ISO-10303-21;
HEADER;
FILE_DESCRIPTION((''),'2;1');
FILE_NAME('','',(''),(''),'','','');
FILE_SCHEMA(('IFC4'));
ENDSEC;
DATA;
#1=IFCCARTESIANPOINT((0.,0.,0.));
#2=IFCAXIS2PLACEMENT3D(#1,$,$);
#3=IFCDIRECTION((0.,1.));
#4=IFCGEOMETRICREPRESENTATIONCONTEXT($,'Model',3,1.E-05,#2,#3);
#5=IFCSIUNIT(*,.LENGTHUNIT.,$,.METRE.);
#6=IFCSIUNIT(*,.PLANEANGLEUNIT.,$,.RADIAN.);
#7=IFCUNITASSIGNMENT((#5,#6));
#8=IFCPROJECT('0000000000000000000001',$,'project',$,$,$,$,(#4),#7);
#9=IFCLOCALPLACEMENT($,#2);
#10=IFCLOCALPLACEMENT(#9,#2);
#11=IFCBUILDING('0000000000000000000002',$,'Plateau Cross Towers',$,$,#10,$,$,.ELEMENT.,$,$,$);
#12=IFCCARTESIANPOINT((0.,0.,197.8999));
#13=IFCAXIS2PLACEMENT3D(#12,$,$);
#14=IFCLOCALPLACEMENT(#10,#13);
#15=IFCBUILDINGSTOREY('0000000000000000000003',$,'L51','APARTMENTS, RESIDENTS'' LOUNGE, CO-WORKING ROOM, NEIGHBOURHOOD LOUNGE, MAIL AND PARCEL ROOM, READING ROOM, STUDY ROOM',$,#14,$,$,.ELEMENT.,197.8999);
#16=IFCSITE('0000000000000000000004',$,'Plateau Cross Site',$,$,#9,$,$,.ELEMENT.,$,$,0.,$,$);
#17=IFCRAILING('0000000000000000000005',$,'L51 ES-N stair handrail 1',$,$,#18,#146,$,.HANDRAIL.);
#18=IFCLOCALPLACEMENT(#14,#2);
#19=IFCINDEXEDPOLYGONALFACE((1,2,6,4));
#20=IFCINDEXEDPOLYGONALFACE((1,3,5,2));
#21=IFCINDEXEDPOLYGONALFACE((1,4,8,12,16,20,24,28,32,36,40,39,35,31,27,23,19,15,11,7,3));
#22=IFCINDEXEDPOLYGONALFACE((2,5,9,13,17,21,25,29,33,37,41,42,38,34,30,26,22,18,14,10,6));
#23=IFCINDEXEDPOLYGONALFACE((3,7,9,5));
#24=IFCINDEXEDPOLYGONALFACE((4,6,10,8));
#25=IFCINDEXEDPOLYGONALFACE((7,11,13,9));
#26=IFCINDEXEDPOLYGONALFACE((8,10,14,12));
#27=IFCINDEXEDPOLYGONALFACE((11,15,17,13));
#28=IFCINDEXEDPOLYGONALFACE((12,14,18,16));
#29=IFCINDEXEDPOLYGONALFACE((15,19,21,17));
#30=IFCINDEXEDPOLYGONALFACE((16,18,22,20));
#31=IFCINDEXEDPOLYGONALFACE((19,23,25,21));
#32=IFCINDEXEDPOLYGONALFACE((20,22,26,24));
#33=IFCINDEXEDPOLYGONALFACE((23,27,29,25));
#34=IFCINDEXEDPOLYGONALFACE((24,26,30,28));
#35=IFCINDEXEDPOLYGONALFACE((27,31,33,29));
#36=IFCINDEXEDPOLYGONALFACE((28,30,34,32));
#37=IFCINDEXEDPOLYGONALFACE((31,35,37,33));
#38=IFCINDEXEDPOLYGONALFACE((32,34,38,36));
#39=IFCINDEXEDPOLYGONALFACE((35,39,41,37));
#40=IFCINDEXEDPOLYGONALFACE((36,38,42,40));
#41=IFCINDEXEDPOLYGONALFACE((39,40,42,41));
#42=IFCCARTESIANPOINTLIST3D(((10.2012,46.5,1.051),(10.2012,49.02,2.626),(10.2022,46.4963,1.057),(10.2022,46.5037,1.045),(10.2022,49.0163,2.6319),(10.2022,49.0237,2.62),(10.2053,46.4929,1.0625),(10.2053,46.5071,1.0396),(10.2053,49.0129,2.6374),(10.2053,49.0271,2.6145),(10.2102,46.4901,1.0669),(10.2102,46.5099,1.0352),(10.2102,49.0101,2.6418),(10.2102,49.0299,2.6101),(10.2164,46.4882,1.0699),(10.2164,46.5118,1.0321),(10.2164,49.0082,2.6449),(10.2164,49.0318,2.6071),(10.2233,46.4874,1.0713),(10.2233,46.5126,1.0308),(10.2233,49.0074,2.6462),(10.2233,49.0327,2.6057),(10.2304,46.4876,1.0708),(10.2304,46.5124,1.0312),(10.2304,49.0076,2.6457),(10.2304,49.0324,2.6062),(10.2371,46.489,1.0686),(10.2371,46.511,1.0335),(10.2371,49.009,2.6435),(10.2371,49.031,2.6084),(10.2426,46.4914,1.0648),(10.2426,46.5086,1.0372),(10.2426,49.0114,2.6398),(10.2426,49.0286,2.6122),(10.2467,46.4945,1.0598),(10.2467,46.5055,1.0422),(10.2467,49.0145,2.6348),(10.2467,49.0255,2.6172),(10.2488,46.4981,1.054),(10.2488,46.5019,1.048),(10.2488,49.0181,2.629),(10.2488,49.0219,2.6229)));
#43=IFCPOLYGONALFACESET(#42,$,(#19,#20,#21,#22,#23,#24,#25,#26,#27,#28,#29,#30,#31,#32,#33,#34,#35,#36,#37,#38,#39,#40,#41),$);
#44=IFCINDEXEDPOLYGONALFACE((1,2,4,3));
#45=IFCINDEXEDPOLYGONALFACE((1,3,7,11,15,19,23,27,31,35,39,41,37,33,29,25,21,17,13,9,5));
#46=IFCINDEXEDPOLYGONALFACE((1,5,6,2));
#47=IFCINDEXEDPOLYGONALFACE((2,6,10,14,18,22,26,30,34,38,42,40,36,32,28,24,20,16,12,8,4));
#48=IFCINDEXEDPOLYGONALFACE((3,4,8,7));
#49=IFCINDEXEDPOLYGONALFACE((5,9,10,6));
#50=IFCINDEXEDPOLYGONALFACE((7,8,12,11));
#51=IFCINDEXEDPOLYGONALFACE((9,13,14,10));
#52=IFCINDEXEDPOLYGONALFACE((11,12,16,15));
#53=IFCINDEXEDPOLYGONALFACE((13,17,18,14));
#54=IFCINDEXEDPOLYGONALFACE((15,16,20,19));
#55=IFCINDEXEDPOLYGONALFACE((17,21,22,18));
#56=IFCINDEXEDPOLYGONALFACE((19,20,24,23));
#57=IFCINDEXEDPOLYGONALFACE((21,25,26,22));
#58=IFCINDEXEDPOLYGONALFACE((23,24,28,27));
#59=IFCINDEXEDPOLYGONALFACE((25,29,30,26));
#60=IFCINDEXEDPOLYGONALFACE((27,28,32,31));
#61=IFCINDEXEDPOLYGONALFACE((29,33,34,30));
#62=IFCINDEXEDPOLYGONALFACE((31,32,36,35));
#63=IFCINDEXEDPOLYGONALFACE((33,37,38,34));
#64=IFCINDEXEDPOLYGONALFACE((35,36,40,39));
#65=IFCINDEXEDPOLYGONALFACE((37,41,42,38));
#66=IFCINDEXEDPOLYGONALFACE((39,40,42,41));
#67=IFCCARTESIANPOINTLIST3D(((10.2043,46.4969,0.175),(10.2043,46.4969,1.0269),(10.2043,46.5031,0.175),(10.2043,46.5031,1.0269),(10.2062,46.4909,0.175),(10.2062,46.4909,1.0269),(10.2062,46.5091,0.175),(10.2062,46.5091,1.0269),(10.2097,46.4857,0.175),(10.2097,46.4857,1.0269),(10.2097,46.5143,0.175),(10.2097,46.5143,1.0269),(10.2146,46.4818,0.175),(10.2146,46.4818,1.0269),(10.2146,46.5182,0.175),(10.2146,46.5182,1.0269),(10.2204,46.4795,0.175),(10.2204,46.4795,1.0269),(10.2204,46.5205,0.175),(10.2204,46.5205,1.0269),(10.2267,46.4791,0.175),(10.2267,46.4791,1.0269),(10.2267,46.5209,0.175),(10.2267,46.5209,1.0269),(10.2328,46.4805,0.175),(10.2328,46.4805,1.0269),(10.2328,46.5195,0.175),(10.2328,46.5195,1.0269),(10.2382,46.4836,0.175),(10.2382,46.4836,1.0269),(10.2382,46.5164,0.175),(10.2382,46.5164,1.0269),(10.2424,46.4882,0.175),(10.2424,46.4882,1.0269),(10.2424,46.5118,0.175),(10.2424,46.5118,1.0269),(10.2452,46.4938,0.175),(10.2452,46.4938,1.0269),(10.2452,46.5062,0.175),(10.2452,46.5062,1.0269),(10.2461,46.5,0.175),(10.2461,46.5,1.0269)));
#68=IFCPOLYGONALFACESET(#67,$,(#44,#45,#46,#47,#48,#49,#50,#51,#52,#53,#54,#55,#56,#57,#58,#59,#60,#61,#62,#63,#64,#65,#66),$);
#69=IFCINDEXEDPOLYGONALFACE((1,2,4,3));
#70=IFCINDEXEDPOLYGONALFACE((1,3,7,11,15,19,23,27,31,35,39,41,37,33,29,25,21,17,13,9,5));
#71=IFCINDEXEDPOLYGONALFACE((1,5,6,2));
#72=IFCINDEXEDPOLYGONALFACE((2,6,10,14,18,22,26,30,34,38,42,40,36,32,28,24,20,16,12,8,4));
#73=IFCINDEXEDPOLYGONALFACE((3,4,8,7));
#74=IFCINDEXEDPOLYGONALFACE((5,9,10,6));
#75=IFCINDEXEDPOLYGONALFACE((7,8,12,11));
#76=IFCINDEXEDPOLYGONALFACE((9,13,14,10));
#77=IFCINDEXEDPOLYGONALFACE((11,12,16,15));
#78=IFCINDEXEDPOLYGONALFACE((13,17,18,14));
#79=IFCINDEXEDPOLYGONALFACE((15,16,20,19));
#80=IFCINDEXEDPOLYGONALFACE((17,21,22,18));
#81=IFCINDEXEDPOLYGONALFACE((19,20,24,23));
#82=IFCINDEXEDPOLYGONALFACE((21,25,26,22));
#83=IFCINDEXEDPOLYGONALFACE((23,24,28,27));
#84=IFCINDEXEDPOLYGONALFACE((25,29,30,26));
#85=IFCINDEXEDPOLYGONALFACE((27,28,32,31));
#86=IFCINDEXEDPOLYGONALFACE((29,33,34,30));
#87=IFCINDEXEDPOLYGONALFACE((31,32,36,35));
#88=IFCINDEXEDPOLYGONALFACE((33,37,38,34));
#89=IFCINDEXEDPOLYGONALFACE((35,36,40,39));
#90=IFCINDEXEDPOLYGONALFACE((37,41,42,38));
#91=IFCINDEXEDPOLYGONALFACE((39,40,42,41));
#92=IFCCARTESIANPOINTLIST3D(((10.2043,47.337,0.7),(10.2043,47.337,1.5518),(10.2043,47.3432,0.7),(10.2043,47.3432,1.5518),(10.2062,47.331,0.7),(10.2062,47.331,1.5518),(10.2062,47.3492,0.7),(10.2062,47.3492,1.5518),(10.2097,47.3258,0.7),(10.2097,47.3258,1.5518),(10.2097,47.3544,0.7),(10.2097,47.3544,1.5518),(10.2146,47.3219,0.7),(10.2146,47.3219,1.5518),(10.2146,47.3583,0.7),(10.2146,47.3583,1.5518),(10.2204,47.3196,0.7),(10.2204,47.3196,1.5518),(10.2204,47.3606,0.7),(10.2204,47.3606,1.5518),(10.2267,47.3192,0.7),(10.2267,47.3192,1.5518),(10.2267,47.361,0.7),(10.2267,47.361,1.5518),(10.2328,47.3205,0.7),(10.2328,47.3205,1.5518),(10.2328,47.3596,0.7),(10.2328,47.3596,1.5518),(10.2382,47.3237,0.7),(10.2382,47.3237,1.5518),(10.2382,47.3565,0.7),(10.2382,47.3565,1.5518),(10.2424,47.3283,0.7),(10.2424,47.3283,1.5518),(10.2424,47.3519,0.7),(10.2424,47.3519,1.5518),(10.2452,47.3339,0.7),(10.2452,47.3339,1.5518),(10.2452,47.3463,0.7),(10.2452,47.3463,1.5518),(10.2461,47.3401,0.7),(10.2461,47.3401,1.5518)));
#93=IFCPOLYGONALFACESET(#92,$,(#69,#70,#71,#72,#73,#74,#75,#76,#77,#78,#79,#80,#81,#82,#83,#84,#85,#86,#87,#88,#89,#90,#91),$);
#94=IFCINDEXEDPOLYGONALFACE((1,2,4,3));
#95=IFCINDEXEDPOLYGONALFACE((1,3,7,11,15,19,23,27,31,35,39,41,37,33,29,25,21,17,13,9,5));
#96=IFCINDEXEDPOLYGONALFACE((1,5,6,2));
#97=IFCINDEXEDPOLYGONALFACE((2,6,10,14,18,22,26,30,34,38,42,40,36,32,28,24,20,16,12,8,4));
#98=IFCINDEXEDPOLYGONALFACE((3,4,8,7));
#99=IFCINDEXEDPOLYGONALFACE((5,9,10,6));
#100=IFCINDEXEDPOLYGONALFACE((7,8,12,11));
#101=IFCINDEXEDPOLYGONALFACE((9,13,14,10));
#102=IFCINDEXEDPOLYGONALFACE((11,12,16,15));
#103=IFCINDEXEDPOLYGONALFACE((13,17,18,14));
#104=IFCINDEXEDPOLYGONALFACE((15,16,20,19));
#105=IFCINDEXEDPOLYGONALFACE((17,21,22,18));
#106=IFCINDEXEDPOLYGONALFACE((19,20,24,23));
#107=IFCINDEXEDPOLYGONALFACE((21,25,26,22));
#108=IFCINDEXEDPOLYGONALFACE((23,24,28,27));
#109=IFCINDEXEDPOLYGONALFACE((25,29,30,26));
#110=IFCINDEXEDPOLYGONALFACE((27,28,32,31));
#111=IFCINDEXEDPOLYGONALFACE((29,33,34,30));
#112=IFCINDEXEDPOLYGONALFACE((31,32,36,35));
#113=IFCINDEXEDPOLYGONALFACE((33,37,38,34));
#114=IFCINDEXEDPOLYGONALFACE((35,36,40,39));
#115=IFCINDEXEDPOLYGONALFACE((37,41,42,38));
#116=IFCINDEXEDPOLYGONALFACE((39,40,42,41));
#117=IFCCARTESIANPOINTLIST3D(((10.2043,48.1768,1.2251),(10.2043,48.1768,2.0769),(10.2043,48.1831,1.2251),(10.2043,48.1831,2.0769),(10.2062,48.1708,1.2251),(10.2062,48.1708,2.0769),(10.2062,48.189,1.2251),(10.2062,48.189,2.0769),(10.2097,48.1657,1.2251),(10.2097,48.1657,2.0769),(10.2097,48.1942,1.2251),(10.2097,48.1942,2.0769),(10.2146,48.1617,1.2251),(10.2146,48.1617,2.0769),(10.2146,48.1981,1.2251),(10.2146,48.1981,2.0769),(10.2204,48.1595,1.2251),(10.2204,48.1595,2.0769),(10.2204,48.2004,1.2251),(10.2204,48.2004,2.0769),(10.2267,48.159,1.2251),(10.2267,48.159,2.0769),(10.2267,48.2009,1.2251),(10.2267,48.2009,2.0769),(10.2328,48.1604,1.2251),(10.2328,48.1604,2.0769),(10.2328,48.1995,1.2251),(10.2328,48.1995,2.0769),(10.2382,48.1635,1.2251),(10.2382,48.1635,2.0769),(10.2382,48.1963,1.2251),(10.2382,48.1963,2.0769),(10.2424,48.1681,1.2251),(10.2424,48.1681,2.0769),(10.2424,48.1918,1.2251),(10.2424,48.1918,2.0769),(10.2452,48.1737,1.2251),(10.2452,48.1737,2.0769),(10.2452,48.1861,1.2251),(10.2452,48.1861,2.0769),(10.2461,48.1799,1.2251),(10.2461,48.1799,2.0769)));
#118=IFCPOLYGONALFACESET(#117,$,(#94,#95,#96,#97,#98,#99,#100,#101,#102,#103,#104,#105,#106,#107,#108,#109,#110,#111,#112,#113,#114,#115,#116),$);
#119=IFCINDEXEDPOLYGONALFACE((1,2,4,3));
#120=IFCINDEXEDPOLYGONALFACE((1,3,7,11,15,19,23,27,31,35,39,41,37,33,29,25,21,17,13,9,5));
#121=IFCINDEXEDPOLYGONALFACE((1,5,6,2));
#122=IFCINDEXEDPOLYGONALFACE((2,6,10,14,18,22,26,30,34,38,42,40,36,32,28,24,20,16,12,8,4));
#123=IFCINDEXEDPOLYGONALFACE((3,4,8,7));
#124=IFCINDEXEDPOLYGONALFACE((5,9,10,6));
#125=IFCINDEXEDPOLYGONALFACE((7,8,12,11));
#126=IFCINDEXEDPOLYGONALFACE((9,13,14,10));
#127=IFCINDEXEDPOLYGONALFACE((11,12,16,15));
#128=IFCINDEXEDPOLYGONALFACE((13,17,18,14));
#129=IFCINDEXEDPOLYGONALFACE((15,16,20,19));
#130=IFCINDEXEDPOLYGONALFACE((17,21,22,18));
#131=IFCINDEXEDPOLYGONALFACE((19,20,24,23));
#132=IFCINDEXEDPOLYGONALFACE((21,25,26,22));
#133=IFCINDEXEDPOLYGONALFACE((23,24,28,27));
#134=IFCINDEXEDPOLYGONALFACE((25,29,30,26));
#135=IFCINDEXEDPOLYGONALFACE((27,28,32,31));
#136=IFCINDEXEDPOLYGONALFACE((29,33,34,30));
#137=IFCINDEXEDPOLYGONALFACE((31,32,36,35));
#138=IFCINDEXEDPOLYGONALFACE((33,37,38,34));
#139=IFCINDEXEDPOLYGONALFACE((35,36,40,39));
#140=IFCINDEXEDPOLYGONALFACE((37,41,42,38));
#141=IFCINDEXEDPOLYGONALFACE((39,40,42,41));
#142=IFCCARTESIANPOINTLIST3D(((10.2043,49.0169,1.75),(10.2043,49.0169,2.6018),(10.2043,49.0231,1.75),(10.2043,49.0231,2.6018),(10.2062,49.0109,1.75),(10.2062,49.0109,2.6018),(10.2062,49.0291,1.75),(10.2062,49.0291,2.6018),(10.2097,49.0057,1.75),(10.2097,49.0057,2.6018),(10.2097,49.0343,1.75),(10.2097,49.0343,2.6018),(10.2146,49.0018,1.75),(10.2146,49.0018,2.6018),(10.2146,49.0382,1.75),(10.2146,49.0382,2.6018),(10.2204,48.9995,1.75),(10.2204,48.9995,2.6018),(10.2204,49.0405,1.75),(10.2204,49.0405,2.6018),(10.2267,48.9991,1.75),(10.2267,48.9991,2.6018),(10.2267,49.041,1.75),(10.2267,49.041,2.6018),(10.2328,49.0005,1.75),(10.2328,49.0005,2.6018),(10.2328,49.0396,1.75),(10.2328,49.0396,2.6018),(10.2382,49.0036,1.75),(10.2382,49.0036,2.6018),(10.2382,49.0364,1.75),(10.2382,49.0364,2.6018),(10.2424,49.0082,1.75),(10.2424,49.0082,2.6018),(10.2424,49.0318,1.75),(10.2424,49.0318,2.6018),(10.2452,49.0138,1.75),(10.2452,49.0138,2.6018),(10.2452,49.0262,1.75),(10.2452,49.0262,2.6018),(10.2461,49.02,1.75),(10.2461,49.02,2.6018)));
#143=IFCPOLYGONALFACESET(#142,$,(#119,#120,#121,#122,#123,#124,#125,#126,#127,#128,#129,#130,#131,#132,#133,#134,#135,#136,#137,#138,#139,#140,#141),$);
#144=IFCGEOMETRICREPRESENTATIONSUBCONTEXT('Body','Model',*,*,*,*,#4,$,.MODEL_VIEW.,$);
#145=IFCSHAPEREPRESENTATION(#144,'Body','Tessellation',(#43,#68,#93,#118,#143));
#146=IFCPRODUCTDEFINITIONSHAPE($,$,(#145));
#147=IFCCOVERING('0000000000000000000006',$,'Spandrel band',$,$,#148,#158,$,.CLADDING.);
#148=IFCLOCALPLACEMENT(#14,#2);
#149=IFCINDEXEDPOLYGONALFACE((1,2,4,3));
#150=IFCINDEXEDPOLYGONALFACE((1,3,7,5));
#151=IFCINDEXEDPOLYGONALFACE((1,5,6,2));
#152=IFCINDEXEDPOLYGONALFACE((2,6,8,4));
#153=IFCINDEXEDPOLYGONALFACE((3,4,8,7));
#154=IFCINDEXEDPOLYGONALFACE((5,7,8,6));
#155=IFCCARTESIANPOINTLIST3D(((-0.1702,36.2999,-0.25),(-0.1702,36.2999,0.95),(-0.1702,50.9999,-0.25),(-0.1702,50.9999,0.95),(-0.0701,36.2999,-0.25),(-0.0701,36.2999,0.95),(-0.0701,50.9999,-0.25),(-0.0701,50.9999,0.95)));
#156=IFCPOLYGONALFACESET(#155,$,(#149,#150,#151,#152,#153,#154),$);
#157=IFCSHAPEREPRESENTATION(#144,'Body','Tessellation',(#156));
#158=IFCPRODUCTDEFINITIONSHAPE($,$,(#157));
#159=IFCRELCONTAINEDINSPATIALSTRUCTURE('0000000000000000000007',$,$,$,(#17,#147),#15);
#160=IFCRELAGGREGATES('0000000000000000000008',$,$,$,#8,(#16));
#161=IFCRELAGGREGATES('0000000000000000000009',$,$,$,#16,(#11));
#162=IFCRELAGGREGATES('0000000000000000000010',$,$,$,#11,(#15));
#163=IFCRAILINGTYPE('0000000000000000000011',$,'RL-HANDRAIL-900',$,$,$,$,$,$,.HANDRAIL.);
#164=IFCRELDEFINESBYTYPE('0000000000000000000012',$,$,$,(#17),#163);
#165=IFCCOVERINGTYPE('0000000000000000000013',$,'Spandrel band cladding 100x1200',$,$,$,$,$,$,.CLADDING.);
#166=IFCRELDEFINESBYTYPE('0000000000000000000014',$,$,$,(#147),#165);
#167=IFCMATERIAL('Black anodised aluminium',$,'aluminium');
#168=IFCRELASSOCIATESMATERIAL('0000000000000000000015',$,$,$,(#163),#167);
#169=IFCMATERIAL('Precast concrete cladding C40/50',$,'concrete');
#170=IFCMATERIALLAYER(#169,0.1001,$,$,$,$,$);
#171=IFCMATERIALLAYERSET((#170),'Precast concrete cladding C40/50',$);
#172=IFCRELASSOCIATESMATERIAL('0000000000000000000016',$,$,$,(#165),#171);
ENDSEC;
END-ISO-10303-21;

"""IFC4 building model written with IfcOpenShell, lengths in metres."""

from ifc_helpers import new_model, si_unit, direction, frame, origin, origin_2d, place, context, subcontext, project, spatial, rectangle, circle, extrude, material, layer, layer_set, type_object, element, save


model = new_model("IFC4")

# Units and contexts
model_context = context("Model", 3, precision=1e-05, world=origin(), true_north=direction((0.0, 1.0)))
body_context = subcontext(model_context, "Body", "Model", "MODEL_VIEW")
ifc_project = project(units=[si_unit("LENGTHUNIT", "METRE"), si_unit("PLANEANGLEUNIT", "RADIAN")], contexts=[model_context])

# Site, building, storey
site_placement = place(None, origin())
site = spatial("IfcSite", under=ifc_project, at=site_placement, Name="Plateau Cross Site", CompositionType="ELEMENT", RefElevation=0.0)
building_placement = place(site_placement, origin())
building = spatial("IfcBuilding", under=site, at=building_placement, Name="Plateau Cross Towers", CompositionType="ELEMENT")
storey_placement = place(building_placement, frame((0.0, 0.0, 197.8999)))
storey = spatial("IfcBuildingStorey", under=building, at=storey_placement, Name="L51", Description="APARTMENTS, RESIDENTS' LOUNGE, CO-WORKING ROOM, NEIGHBOURHOOD LOUNGE, MAIL AND PARCEL ROOM, READING ROOM, STUDY ROOM", CompositionType="ELEMENT", Elevation=197.8999)

# Shared definitions
ifc_material_1 = material(Name="Black anodised aluminium", Category="aluminium")

# Railing
railing_type_1 = type_object("IfcRailingType", Name="RL-HANDRAIL-900", PredefinedType="HANDRAIL", material=ifc_material_1)
railing_1_placement = place(storey_placement, frame((10.2251, 46.5, 0.175)))
element("IfcRailing", 1, at=railing_1_placement, inside=storey, type_object=railing_type_1, Name="L51 ES-N stair handrail 1", PredefinedType="HANDRAIL", context=body_context, shape_type="SweptSolid", body=[
    extrude(circle(Radius=0.0239, at=origin_2d()), frame((0.0, 0.0, 0.876), z_axis=(0.0, 0.848008, 0.529984), x_axis=(-1.0, 0.0, 0.0)), (0.0, 0.0, 1.0), 2.9717),
    extrude(circle(Radius=0.021, at=origin_2d()), origin(), (0.0, 0.0, 1.0), 0.8518),
    extrude(circle(Radius=0.021, at=origin_2d()), frame((0.0, 0.8401, 0.5249)), (0.0, 0.0, 1.0), 0.8518),
    extrude(circle(Radius=0.021, at=origin_2d()), frame((0.0, 1.6799, 1.05)), (0.0, 0.0, 1.0), 0.8518),
    extrude(circle(Radius=0.021, at=origin_2d()), frame((0.0, 2.52, 1.575)), (0.0, 0.0, 1.0), 0.8518),
])

# Covering
ifc_material_2 = material(Name="Precast concrete cladding C40/50", Category="concrete")
ifc_layer_1 = layer(ifc_material_2, 0.1001)
ifc_layer_set_1 = layer_set([ifc_layer_1], Name="Precast concrete cladding C40/50")
covering_type = type_object("IfcCoveringType", Name="Spandrel band cladding 100x1200", PredefinedType="CLADDING", material=ifc_layer_set_1)
covering_placement = place(storey_placement, frame((-0.1201, 43.6499, -0.25), z_axis=(0.0, 0.0, 1.0), x_axis=(0.0, -1.0, 0.0)))
element("IfcCovering", 2, at=covering_placement, inside=storey, type_object=covering_type, Name="Spandrel band", PredefinedType="CLADDING", context=body_context, shape_type="SweptSolid", body=[
    extrude(rectangle(XDim=14.7, YDim=0.1001, at=origin_2d()), origin(), (0.0, 0.0, 1.0), 1.2),
])

save(model, "model.ifc")
